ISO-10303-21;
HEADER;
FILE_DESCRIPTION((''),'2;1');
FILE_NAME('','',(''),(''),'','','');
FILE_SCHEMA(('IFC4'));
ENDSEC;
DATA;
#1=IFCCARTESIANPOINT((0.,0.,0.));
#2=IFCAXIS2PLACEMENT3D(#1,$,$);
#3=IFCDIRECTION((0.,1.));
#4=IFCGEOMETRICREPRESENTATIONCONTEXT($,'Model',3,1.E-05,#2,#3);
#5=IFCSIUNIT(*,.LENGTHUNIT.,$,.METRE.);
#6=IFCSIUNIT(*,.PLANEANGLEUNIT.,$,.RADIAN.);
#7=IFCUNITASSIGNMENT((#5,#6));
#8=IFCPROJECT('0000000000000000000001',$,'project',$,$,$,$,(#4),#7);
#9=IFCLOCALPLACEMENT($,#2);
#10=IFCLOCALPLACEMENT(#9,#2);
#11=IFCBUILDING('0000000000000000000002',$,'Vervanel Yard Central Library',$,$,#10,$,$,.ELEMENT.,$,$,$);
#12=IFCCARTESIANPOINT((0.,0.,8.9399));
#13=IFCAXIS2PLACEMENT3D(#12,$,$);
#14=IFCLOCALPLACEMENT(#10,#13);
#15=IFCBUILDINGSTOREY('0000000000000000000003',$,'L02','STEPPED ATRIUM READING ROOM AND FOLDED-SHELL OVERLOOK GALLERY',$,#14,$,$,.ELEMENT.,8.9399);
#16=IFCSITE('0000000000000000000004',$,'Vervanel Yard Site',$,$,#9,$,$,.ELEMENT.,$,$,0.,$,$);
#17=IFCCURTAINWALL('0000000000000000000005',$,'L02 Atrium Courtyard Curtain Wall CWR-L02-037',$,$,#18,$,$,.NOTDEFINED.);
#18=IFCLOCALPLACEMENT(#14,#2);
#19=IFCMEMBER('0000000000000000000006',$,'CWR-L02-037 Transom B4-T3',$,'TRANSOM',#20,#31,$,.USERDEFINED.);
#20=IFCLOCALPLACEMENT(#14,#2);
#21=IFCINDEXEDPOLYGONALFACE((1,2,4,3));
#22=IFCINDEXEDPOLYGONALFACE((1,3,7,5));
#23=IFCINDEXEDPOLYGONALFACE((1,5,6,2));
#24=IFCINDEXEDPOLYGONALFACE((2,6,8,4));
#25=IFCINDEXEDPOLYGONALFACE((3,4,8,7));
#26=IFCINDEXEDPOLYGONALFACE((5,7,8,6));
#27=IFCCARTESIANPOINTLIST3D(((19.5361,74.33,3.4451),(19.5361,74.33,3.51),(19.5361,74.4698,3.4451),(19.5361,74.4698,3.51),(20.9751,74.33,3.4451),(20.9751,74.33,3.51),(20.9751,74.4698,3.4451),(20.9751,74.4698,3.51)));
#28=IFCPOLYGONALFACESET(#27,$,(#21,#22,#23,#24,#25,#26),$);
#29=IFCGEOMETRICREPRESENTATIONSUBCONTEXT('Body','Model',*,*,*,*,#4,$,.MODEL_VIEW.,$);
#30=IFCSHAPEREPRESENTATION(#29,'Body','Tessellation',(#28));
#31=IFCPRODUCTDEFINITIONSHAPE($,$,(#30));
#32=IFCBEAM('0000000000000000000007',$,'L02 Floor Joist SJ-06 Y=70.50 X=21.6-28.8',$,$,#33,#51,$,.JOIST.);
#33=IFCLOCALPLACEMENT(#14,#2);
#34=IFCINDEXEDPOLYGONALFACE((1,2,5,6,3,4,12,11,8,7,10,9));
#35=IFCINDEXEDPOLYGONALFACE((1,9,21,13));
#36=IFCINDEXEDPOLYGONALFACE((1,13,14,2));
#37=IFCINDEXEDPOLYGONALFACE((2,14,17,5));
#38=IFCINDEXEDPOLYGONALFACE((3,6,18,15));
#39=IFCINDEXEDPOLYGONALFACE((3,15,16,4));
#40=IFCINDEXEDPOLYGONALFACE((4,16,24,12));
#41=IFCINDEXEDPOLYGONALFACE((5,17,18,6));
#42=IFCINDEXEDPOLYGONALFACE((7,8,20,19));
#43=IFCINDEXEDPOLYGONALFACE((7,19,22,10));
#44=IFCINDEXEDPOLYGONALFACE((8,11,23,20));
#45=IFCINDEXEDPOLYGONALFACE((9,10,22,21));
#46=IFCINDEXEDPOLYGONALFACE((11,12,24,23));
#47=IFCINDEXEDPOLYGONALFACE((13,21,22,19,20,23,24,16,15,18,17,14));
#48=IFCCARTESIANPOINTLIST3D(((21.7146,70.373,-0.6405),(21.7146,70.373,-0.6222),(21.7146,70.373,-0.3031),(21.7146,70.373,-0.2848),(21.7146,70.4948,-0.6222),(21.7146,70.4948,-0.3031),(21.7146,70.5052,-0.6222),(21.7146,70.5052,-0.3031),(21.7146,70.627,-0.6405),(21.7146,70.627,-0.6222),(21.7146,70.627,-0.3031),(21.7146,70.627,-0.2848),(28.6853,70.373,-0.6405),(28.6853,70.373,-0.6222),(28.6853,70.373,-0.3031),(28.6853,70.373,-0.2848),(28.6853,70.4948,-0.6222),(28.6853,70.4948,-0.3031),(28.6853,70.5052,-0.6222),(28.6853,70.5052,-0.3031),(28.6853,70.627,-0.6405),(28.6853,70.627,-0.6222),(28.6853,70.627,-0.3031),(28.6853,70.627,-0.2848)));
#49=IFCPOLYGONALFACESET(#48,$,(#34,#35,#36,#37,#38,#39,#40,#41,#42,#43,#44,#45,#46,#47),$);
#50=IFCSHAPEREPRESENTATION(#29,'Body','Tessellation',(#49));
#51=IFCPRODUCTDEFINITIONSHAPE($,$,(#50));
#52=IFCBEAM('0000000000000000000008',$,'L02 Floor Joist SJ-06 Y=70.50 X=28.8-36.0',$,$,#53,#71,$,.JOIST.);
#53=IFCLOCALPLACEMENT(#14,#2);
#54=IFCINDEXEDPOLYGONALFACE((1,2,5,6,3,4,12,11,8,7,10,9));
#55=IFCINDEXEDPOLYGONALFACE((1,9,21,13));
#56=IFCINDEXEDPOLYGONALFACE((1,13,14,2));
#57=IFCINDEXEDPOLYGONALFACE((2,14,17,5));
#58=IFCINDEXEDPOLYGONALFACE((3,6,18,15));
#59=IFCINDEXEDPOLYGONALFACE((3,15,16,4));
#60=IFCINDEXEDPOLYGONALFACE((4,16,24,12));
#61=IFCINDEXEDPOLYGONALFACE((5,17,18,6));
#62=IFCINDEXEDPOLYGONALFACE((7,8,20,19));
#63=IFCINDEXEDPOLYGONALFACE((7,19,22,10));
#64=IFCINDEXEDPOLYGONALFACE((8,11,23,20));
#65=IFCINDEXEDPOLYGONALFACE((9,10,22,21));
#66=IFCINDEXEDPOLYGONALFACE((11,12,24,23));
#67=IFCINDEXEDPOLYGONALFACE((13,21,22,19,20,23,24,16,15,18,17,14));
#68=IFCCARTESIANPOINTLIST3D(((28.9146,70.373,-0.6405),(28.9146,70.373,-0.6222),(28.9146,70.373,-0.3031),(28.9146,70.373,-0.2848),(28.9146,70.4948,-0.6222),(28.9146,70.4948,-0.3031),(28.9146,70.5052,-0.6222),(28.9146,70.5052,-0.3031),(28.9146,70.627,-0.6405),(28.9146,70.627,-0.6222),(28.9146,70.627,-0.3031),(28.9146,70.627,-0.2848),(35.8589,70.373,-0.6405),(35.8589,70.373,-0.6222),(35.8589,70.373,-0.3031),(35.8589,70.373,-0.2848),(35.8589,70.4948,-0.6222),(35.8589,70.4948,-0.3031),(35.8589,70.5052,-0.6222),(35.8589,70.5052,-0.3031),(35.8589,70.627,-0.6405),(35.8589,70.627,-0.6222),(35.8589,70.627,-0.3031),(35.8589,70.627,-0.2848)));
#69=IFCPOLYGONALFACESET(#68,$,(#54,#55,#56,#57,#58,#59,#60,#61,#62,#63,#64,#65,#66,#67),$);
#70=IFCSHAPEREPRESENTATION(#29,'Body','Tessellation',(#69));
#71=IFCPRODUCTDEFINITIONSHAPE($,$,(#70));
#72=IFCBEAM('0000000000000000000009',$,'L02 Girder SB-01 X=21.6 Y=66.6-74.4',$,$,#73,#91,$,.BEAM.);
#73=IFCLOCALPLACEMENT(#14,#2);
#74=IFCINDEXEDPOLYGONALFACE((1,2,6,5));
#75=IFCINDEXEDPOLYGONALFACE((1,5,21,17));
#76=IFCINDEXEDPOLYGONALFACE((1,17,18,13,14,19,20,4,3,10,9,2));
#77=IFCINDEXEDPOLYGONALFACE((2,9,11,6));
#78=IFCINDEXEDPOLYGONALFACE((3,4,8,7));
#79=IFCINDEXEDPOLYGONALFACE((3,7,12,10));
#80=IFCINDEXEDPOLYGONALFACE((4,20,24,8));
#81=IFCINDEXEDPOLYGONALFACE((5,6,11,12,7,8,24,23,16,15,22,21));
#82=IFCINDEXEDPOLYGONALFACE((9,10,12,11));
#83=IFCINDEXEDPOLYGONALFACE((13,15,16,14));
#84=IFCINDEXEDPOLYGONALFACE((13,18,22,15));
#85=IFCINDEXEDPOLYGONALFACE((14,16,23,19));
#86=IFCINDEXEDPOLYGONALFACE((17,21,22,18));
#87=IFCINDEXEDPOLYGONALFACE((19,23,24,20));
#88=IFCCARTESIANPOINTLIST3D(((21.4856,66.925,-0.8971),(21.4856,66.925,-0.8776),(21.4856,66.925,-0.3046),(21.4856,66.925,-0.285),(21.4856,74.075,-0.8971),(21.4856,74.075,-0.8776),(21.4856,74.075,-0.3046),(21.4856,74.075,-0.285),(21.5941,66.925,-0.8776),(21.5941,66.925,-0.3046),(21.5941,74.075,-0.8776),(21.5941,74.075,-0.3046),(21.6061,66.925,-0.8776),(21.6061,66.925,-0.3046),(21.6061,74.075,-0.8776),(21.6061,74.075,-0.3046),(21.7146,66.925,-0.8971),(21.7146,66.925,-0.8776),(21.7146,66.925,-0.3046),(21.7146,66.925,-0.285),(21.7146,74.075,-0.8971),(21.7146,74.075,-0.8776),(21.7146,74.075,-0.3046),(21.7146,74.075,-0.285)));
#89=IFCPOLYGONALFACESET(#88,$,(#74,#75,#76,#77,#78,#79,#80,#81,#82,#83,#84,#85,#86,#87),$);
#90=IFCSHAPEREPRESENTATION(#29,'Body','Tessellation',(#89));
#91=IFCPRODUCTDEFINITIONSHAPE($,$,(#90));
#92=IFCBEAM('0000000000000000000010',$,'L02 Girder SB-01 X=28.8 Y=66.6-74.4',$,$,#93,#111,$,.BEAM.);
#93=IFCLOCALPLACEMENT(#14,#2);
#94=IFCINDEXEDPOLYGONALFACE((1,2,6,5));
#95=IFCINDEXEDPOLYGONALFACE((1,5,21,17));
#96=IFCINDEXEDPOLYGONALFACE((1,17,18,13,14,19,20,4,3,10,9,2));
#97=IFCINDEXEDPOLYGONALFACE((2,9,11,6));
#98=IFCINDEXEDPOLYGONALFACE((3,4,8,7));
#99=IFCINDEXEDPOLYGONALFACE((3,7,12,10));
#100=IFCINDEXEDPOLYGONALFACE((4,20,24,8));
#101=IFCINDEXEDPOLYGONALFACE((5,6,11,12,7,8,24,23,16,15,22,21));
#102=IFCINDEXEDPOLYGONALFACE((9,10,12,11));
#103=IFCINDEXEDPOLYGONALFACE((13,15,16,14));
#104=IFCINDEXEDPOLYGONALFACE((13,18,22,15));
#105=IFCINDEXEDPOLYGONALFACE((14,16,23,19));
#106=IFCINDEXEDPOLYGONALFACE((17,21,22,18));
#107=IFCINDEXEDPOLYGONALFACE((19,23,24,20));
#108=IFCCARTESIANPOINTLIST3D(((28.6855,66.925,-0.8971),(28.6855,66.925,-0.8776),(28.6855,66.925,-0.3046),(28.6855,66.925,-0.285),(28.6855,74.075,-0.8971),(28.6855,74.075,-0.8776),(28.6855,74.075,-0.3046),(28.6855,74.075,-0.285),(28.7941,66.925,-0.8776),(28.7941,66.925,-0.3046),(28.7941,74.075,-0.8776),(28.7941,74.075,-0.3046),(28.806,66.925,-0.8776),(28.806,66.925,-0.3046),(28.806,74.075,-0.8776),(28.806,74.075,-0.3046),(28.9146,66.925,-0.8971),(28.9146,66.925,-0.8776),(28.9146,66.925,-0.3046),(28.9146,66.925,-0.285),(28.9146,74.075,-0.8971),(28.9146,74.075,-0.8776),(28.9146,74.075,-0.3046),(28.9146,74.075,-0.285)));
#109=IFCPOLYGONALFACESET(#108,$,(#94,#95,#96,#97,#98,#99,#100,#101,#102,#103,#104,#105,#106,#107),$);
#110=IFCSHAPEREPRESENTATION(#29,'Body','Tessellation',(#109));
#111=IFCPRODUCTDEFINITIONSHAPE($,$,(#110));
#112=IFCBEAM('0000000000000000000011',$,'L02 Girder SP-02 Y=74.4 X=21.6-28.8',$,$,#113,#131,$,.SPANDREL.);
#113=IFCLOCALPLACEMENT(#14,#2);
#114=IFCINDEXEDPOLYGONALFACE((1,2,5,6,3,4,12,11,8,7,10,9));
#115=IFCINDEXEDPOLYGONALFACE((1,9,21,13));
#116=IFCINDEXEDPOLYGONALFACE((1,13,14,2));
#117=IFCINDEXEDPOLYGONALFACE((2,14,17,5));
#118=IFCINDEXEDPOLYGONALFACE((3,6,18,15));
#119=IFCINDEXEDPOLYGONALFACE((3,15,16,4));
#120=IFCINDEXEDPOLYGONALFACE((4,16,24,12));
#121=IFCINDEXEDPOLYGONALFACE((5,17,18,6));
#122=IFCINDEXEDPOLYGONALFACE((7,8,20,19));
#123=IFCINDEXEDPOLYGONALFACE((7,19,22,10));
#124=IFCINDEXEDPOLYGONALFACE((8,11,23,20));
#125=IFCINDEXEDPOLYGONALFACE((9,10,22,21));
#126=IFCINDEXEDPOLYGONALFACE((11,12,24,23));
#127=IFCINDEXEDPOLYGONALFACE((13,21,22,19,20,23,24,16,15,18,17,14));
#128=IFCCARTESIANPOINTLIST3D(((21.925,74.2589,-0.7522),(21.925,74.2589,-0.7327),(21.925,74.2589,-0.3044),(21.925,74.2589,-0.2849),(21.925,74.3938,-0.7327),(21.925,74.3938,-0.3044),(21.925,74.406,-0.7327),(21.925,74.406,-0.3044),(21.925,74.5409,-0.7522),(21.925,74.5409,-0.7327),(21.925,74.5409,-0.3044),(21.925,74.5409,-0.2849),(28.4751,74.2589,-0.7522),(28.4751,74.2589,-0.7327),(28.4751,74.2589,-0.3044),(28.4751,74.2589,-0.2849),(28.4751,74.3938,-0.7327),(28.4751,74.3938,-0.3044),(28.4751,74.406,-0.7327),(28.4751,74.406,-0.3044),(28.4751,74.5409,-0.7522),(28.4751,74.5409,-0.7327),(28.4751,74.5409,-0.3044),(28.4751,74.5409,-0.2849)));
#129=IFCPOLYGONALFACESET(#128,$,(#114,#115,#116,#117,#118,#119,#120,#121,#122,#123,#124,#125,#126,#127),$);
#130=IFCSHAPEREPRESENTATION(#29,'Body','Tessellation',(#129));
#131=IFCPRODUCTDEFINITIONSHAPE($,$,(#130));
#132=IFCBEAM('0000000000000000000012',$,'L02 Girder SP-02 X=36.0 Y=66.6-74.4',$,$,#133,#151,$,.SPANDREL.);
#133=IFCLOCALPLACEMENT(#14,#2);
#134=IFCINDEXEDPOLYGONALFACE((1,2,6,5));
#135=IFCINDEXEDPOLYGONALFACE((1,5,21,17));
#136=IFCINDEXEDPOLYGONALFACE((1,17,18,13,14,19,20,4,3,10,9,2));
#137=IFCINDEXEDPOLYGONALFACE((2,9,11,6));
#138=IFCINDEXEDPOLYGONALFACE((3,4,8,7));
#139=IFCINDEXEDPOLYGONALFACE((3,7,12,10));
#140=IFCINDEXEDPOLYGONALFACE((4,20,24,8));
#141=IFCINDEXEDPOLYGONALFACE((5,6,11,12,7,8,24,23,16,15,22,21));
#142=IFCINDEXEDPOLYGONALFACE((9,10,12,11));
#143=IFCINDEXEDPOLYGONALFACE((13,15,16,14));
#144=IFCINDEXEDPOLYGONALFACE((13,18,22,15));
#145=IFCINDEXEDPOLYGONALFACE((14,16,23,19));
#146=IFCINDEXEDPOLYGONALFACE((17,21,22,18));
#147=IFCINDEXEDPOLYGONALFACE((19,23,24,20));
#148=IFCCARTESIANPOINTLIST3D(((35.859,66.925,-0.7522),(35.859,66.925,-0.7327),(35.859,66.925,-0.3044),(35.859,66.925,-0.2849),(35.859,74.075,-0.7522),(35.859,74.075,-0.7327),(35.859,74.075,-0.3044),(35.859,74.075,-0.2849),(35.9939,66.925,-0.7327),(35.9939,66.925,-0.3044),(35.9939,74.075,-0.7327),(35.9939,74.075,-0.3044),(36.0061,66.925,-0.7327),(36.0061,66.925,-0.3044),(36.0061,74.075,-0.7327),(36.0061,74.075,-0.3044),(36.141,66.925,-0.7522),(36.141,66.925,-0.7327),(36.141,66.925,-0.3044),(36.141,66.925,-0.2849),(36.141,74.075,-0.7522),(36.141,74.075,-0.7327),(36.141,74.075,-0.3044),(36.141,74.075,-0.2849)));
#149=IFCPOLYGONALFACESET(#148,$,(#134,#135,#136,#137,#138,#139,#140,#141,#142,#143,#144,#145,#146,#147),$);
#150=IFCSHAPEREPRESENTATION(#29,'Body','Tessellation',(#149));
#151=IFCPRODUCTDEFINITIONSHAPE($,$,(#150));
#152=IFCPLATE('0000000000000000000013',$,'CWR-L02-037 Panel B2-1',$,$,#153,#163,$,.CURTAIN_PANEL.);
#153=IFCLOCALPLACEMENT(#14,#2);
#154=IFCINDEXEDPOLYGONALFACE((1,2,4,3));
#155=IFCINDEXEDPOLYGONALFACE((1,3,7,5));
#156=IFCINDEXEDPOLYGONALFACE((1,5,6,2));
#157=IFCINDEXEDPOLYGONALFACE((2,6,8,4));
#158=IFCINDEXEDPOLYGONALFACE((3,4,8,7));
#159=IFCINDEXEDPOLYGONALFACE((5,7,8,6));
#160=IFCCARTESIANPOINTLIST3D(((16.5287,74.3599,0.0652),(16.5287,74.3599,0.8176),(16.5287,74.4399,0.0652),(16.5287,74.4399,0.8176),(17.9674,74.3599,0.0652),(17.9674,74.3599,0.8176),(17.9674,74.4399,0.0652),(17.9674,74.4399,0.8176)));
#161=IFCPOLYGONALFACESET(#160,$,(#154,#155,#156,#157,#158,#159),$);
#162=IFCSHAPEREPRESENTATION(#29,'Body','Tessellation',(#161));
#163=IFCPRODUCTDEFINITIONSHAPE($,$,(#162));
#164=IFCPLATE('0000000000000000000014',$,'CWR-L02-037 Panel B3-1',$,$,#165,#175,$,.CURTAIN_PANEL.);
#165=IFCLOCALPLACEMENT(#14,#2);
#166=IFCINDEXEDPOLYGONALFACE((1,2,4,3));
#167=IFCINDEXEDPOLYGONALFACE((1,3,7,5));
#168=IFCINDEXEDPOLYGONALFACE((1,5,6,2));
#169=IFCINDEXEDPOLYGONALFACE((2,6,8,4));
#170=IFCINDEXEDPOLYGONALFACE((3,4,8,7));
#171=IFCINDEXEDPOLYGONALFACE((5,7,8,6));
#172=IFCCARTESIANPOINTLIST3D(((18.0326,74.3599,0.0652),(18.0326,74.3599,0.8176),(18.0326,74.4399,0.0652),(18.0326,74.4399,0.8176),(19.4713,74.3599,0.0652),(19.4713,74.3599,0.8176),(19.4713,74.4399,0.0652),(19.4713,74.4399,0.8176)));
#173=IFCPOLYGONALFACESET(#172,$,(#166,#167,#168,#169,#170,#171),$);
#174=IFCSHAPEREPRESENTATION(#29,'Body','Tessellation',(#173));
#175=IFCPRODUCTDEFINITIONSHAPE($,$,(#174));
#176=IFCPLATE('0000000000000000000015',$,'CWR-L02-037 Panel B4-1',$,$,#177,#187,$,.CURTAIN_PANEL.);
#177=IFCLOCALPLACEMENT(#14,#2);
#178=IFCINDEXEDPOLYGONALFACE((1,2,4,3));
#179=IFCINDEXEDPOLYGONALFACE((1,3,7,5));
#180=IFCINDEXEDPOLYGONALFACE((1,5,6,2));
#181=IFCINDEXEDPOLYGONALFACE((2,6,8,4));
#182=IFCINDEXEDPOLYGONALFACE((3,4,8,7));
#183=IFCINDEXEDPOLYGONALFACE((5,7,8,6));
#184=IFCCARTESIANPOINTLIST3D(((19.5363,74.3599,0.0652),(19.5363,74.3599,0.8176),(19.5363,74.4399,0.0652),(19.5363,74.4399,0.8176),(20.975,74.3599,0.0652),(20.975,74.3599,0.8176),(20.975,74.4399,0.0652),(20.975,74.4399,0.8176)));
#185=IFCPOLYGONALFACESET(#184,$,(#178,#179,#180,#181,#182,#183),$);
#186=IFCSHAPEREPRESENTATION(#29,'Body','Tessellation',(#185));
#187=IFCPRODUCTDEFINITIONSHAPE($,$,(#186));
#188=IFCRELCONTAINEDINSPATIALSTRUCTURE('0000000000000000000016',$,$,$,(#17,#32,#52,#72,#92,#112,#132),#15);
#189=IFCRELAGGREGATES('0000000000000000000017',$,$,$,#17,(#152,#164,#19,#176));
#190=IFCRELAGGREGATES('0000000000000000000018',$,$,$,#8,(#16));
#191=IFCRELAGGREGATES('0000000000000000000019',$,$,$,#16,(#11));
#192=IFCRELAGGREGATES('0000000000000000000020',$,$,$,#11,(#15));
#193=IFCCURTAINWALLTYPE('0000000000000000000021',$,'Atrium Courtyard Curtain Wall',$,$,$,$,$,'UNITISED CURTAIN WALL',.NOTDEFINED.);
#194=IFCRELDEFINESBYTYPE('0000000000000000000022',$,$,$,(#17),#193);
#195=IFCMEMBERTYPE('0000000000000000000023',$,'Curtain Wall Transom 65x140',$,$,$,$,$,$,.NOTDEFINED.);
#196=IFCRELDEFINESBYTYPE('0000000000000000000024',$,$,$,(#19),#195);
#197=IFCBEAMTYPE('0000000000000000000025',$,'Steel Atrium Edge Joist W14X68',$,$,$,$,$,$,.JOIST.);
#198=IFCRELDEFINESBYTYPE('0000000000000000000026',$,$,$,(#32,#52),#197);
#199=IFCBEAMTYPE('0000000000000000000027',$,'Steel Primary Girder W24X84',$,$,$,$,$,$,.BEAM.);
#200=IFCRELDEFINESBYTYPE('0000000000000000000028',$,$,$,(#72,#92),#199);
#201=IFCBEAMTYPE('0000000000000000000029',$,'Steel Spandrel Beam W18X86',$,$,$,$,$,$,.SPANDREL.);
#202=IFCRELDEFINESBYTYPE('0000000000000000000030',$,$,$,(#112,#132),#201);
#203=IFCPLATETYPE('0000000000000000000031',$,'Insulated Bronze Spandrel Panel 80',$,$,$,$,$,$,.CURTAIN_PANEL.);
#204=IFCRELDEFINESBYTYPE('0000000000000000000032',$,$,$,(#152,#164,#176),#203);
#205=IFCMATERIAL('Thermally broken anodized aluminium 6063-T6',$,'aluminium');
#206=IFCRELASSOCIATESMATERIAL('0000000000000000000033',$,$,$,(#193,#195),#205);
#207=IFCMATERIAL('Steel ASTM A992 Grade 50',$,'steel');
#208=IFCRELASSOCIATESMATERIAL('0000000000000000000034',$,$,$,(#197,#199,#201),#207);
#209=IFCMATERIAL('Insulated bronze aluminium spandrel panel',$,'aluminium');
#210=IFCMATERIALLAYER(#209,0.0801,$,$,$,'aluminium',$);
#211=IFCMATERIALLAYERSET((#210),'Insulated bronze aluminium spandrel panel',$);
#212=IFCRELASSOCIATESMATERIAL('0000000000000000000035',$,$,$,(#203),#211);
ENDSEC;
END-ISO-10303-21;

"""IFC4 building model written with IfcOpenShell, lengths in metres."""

from ifc_helpers import new_model, si_unit, direction, frame, origin, origin_2d, place, context, subcontext, project, spatial, rectangle, i_section, extrude, material, layer, layer_set, material_profile, profile_set, type_object, element, aggregate, save


model = new_model("IFC4")

# Units and contexts
model_context = context("Model", 3, precision=1e-05, world=origin(), true_north=direction((0.0, 1.0)))
body_context = subcontext(model_context, "Body", "Model", "MODEL_VIEW")
ifc_project = project(units=[si_unit("LENGTHUNIT", "METRE"), si_unit("PLANEANGLEUNIT", "RADIAN")], contexts=[model_context])

# Site, building, storey
site_placement = place(None, origin())
site = spatial("IfcSite", under=ifc_project, at=site_placement, Name="Vervanel Yard Site", CompositionType="ELEMENT", RefElevation=0.0)
building_placement = place(site_placement, origin())
building = spatial("IfcBuilding", under=site, at=building_placement, Name="Vervanel Yard Central Library", CompositionType="ELEMENT")
storey_placement = place(building_placement, frame((0.0, 0.0, 8.9399)))
storey = spatial("IfcBuildingStorey", under=building, at=storey_placement, Name="L02", Description="STEPPED ATRIUM READING ROOM AND FOLDED-SHELL OVERLOOK GALLERY", CompositionType="ELEMENT", Elevation=8.9399)

# Curtain wall, member
ifc_material_1 = material(Name="Thermally broken anodized aluminium 6063-T6", Category="aluminium")
curtain_wall_type = type_object("IfcCurtainWallType", Name="Atrium Courtyard Curtain Wall", ElementType="UNITISED CURTAIN WALL", PredefinedType="NOTDEFINED", material=ifc_material_1)
curtain_wall_placement = place(storey_placement, origin())
curtain_wall = element("IfcCurtainWall", 1, at=curtain_wall_placement, inside=storey, type_object=curtain_wall_type, Name="L02 Atrium Courtyard Curtain Wall CWR-L02-037", PredefinedType="NOTDEFINED")
ifc_material_profile_1 = material_profile(ifc_material_1, rectangle(XDim=0.0649, YDim=0.1399, at=origin_2d()), Name="ALU 65x140", Category="aluminium")
ifc_profile_set_1 = profile_set([ifc_material_profile_1], Name="Thermally broken anodized aluminium 6063-T6")
member_type_1 = type_object("IfcMemberType", Name="Curtain Wall Transom 65x140", PredefinedType="NOTDEFINED", material=ifc_profile_set_1)
member_1_placement = place(storey_placement, frame((19.5361, 74.3999, 3.4775), z_axis=(1.0, 0.0, 0.0), x_axis=(0.0, 0.0, 1.0)))
member_1 = element("IfcMember", 2, at=member_1_placement, type_object=member_type_1, Name="CWR-L02-037 Transom B4-T3", ObjectType="TRANSOM", PredefinedType="USERDEFINED", context=body_context, shape_type="SweptSolid", body=[
    extrude(rectangle(XDim=0.0649, YDim=0.1399, at=origin_2d()), origin(), (0.0, 0.0, 1.0), 1.439),
])

# Beams
ifc_material_2 = material(Name="Steel ASTM A992 Grade 50", Category="steel")
ifc_material_profile_2 = material_profile(ifc_material_2, i_section(OverallWidth=0.2539, OverallDepth=0.3557, WebThickness=0.0105, FlangeThickness=0.0183, at=origin_2d()), Name="W14X68", Category="steel")
ifc_profile_set_2 = profile_set([ifc_material_profile_2], Name="Steel ASTM A992 Grade 50")
beam_type_1 = type_object("IfcBeamType", Name="Steel Atrium Edge Joist W14X68", PredefinedType="JOIST", material=ifc_profile_set_2)
beam_1_placement = place(storey_placement, frame((21.7146, 70.5, -0.4626), z_axis=(1.0, 0.0, 0.0), x_axis=(0.0, 1.0, 0.0)))
element("IfcBeam", 3, at=beam_1_placement, inside=storey, type_object=beam_type_1, Name="L02 Floor Joist SJ-06 Y=70.50 X=21.6-28.8", PredefinedType="JOIST", context=body_context, shape_type="SweptSolid", body=[
    extrude(i_section(OverallWidth=0.2539, OverallDepth=0.3557, WebThickness=0.0105, FlangeThickness=0.0183, at=origin_2d()), origin(), (0.0, 0.0, 1.0), 6.9707),
])
beam_2_placement = place(storey_placement, frame((28.9146, 70.5, -0.4626), z_axis=(1.0, 0.0, 0.0), x_axis=(0.0, 1.0, 0.0)))
element("IfcBeam", 4, at=beam_2_placement, inside=storey, type_object=beam_type_1, Name="L02 Floor Joist SJ-06 Y=70.50 X=28.8-36.0", PredefinedType="JOIST", context=body_context, shape_type="SweptSolid", body=[
    extrude(i_section(OverallWidth=0.2539, OverallDepth=0.3557, WebThickness=0.0105, FlangeThickness=0.0183, at=origin_2d()), origin(), (0.0, 0.0, 1.0), 6.9443),
])
ifc_material_profile_3 = material_profile(ifc_material_2, i_section(OverallWidth=0.229, OverallDepth=0.6121, WebThickness=0.012, FlangeThickness=0.0195, at=origin_2d()), Name="W24X84", Category="steel")
ifc_profile_set_3 = profile_set([ifc_material_profile_3], Name="Steel ASTM A992 Grade 50")
beam_type_2 = type_object("IfcBeamType", Name="Steel Primary Girder W24X84", PredefinedType="BEAM", material=ifc_profile_set_3)
for number, where, z_axis, x_axis, name in (
    (5, (21.6001, 66.925, -0.5911), (0.0, 1.0, 0.0), (-1.0, 0.0, 0.0), "L02 Girder SB-01 X=21.6 Y=66.6-74.4"),
    (6, (28.8, 66.925, -0.5911), (0.0, 1.0, 0.0), (-1.0, 0.0, 0.0), "L02 Girder SB-01 X=28.8 Y=66.6-74.4"),
):
    element("IfcBeam", number, at=place(storey_placement, frame(where, z_axis=z_axis, x_axis=x_axis)), inside=storey, type_object=beam_type_2, Name=name, PredefinedType="BEAM", context=body_context, shape_type="SweptSolid", body=[
        extrude(i_section(OverallWidth=0.229, OverallDepth=0.6121, WebThickness=0.012, FlangeThickness=0.0195, at=origin_2d()), origin(), (0.0, 0.0, 1.0), 7.1499),
    ])
ifc_material_profile_4 = material_profile(ifc_material_2, i_section(OverallWidth=0.282, OverallDepth=0.4673, WebThickness=0.0122, FlangeThickness=0.0195, at=origin_2d()), Name="W18X86", Category="steel")
ifc_profile_set_4 = profile_set([ifc_material_profile_4], Name="Steel ASTM A992 Grade 50")
beam_type_3 = type_object("IfcBeamType", Name="Steel Spandrel Beam W18X86", PredefinedType="SPANDREL", material=ifc_profile_set_4)
beam_3_placement = place(storey_placement, frame((21.925, 74.3999, -0.5186), z_axis=(1.0, 0.0, 0.0), x_axis=(0.0, 1.0, 0.0)))
element("IfcBeam", 7, at=beam_3_placement, inside=storey, type_object=beam_type_3, Name="L02 Girder SP-02 Y=74.4 X=21.6-28.8", PredefinedType="SPANDREL", context=body_context, shape_type="SweptSolid", body=[
    extrude(i_section(OverallWidth=0.282, OverallDepth=0.4673, WebThickness=0.0122, FlangeThickness=0.0195, at=origin_2d()), origin(), (0.0, 0.0, 1.0), 6.55),
])
beam_4_placement = place(storey_placement, frame((36.0, 66.925, -0.5186), z_axis=(0.0, 1.0, 0.0), x_axis=(-1.0, 0.0, 0.0)))
element("IfcBeam", 8, at=beam_4_placement, inside=storey, type_object=beam_type_3, Name="L02 Girder SP-02 X=36.0 Y=66.6-74.4", PredefinedType="SPANDREL", context=body_context, shape_type="SweptSolid", body=[
    extrude(i_section(OverallWidth=0.282, OverallDepth=0.4673, WebThickness=0.0122, FlangeThickness=0.0195, at=origin_2d()), origin(), (0.0, 0.0, 1.0), 7.1499),
])

# Plates
ifc_material_3 = material(Name="Insulated bronze aluminium spandrel panel", Category="aluminium")
ifc_layer_1 = layer(ifc_material_3, 0.0801, Category="aluminium")
ifc_layer_set_1 = layer_set([ifc_layer_1], Name="Insulated bronze aluminium spandrel panel")
plate_type_1 = type_object("IfcPlateType", Name="Insulated Bronze Spandrel Panel 80", PredefinedType="CURTAIN_PANEL", material=ifc_layer_set_1)
plate_1_placement = place(storey_placement, frame((17.248, 74.3999, 0.0652), z_axis=(0.0, 0.0, 1.0), x_axis=(1.0, 0.0, 0.0)))
plate_1 = element("IfcPlate", 9, at=plate_1_placement, type_object=plate_type_1, Name="CWR-L02-037 Panel B2-1", PredefinedType="CURTAIN_PANEL", context=body_context, shape_type="SweptSolid", body=[
    extrude(rectangle(XDim=1.4387, YDim=0.0801, at=origin_2d()), origin(), (0.0, 0.0, 1.0), 0.7524),
])
plate_2_placement = place(storey_placement, frame((18.752, 74.3999, 0.0652), z_axis=(0.0, 0.0, 1.0), x_axis=(1.0, 0.0, 0.0)))
plate_2 = element("IfcPlate", 10, at=plate_2_placement, type_object=plate_type_1, Name="CWR-L02-037 Panel B3-1", PredefinedType="CURTAIN_PANEL", context=body_context, shape_type="SweptSolid", body=[
    extrude(rectangle(XDim=1.4387, YDim=0.0801, at=origin_2d()), origin(), (0.0, 0.0, 1.0), 0.7524),
])
plate_3_placement = place(storey_placement, frame((20.2556, 74.3999, 0.0652), z_axis=(0.0, 0.0, 1.0), x_axis=(1.0, 0.0, 0.0)))
plate_3 = element("IfcPlate", 11, at=plate_3_placement, type_object=plate_type_1, Name="CWR-L02-037 Panel B4-1", PredefinedType="CURTAIN_PANEL", context=body_context, shape_type="SweptSolid", body=[
    extrude(rectangle(XDim=1.4387, YDim=0.0801, at=origin_2d()), origin(), (0.0, 0.0, 1.0), 0.7524),
])
aggregate(curtain_wall, [plate_1, plate_2, member_1, plate_3])

save(model, "model.ifc")
